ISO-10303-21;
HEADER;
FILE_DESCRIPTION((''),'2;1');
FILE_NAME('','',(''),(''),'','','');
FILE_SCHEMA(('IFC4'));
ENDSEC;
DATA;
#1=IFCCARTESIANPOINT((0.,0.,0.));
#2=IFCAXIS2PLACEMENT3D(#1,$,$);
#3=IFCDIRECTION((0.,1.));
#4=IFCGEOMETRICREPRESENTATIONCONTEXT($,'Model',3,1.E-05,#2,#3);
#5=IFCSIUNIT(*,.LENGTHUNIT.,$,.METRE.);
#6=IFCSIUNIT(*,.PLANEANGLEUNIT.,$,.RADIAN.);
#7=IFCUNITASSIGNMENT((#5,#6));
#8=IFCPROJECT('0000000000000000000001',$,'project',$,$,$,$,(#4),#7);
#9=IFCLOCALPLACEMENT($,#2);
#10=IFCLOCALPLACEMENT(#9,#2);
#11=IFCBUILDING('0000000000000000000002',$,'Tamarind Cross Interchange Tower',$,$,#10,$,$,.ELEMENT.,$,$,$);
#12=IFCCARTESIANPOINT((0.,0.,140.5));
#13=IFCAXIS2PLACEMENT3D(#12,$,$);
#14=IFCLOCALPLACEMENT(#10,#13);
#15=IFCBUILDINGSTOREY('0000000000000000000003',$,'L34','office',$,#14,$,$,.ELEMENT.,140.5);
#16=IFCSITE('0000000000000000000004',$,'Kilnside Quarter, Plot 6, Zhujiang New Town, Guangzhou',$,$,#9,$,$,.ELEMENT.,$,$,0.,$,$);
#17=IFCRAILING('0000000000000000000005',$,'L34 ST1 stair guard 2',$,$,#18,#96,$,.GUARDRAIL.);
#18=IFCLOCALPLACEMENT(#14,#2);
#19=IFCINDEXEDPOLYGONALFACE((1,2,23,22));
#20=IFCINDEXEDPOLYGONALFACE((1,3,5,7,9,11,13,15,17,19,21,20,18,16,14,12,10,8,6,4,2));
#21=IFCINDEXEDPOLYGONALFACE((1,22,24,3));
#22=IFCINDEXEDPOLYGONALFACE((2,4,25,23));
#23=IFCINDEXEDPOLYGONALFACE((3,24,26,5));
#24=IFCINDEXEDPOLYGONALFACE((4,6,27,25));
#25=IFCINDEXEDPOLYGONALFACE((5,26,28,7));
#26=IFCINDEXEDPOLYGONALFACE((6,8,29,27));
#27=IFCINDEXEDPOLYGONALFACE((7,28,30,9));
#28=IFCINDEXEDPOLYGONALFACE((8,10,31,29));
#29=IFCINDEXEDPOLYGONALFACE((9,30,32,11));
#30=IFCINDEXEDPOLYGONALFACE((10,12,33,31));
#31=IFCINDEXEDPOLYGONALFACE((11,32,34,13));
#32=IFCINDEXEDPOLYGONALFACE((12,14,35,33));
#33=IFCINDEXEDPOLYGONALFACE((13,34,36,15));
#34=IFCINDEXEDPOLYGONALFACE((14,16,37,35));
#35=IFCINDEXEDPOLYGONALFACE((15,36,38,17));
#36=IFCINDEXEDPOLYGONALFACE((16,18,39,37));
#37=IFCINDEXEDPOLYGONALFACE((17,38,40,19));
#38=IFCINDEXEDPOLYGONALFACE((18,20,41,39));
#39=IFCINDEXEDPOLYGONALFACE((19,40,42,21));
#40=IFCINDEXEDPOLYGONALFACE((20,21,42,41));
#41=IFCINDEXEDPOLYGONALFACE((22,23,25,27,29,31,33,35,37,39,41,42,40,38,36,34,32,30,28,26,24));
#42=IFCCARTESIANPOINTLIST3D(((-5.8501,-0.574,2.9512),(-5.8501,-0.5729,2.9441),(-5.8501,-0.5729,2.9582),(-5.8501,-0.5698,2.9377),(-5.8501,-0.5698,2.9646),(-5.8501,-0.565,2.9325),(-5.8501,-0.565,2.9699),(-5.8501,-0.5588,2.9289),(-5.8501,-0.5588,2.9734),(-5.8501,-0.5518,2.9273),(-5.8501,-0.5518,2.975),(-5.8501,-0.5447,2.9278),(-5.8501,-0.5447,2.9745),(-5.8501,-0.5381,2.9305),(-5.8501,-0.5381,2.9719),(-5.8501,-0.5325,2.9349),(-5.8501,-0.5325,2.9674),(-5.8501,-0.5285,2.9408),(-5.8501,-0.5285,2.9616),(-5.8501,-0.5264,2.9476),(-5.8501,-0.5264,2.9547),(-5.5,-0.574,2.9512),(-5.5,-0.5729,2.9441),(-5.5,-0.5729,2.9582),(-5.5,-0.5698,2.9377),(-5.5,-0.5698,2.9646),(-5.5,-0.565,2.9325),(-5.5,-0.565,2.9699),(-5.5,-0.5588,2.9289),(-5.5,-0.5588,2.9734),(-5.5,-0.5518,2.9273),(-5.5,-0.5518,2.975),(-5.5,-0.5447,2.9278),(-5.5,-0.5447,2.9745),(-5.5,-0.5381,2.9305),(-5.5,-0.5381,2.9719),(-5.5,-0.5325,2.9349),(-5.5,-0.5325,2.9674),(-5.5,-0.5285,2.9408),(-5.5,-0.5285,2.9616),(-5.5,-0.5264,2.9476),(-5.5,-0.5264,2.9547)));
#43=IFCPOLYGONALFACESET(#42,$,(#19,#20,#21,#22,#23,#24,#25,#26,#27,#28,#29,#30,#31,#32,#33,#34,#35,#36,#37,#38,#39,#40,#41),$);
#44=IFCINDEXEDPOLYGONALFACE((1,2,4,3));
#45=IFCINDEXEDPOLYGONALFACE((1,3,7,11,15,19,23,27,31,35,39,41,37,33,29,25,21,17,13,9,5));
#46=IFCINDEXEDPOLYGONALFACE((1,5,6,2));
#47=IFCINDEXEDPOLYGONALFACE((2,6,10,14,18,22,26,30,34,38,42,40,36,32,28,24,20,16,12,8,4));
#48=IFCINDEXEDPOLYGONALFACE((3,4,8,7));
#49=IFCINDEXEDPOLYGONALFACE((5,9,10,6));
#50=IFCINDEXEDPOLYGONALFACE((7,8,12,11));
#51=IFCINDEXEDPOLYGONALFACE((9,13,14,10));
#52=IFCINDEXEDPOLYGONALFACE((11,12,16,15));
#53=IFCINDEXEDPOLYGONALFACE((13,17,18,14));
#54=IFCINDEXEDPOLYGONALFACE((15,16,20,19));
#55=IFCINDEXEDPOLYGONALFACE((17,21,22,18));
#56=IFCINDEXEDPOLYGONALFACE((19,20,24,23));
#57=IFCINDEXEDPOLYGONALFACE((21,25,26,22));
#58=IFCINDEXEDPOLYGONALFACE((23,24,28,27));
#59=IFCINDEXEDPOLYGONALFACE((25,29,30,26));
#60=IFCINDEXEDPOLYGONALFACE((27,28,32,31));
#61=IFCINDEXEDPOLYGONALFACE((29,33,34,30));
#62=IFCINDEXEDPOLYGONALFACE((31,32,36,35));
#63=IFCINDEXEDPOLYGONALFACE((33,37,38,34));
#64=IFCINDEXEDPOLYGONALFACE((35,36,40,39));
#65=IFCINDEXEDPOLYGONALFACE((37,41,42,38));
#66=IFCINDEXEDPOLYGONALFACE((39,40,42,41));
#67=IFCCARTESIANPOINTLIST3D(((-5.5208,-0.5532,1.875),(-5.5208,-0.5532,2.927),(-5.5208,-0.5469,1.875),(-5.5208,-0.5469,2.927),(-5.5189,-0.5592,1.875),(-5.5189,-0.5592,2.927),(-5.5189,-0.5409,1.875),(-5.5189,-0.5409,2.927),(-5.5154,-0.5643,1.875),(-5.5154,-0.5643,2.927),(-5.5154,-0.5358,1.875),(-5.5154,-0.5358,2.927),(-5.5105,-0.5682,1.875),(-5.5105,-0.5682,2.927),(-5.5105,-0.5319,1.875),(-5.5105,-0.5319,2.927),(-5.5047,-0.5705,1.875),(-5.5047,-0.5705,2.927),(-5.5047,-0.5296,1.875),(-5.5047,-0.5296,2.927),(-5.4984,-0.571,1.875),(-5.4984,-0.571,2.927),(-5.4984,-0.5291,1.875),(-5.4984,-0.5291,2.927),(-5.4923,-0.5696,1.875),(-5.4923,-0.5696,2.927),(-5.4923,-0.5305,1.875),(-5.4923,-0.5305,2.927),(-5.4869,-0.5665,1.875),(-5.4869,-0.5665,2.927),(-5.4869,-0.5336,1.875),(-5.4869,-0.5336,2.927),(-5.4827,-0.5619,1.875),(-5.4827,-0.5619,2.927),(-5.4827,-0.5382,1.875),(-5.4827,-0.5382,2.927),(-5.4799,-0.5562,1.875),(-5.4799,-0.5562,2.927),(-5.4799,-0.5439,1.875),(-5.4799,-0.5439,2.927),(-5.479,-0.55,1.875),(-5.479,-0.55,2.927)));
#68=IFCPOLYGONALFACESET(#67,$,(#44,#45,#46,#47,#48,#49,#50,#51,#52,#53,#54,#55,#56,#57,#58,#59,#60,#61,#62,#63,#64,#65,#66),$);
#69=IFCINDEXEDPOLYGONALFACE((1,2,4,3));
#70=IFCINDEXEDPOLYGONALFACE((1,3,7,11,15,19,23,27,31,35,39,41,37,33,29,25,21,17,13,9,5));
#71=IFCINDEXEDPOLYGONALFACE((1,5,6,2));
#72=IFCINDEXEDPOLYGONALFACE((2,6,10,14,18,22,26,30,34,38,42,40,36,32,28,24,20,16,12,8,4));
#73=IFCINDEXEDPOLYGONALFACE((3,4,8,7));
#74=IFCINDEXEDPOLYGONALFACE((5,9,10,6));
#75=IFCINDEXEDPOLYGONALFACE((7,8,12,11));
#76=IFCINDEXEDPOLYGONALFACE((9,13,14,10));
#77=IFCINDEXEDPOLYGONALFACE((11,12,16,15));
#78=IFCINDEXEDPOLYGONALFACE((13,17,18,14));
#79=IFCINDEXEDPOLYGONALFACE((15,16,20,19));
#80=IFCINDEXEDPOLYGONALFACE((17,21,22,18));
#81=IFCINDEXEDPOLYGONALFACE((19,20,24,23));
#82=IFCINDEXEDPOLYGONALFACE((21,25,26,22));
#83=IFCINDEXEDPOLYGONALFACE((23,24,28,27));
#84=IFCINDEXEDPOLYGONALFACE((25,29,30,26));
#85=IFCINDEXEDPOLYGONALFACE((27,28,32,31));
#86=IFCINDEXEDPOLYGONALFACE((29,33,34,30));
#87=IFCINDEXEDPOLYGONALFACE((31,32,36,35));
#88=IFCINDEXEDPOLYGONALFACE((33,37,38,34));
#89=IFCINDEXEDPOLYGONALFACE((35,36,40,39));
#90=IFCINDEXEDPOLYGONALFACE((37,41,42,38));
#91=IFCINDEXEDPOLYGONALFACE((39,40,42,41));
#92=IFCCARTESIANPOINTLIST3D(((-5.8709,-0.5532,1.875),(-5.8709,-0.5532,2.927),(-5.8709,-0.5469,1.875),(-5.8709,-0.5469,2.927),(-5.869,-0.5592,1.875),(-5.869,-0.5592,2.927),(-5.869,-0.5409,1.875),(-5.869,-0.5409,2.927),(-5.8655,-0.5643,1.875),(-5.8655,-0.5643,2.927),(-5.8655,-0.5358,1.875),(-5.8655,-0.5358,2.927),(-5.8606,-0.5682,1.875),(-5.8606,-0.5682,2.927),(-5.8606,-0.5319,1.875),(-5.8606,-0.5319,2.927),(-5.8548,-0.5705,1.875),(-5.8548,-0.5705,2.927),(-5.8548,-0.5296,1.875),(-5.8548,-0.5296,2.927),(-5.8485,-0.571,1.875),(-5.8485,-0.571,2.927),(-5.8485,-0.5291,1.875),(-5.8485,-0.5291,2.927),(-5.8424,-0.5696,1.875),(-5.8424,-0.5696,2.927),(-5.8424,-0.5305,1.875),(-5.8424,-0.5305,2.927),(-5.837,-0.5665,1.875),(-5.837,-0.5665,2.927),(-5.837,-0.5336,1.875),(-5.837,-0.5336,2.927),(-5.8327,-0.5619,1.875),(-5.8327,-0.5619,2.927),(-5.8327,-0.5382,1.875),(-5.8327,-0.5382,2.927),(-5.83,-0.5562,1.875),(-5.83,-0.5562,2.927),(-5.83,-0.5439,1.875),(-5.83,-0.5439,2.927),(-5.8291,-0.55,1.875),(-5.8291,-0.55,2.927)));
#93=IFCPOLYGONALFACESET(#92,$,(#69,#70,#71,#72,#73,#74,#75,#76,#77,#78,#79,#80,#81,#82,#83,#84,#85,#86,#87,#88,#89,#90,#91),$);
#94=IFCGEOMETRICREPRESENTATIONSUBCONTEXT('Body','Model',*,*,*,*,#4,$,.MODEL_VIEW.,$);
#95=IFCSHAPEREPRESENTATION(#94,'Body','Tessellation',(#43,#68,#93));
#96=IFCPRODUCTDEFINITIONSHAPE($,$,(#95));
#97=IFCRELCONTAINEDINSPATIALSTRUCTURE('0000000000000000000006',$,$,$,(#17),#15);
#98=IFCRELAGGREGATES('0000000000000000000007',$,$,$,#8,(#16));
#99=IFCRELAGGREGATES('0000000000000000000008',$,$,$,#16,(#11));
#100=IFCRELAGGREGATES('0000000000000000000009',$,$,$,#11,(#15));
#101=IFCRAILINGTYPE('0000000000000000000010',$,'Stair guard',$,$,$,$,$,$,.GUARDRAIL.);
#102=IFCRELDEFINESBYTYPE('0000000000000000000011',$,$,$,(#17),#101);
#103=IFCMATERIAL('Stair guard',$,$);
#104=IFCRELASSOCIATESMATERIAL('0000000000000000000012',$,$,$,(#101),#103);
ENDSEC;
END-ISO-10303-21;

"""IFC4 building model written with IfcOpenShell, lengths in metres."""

from ifc_helpers import new_model, si_unit, direction, frame, origin, origin_2d, place, context, subcontext, project, spatial, circle, extrude, material, type_object, element, save


model = new_model("IFC4")

# Units and contexts
model_context = context("Model", 3, precision=1e-05, world=origin(), true_north=direction((0.0, 1.0)))
body_context = subcontext(model_context, "Body", "Model", "MODEL_VIEW")
ifc_project = project(units=[si_unit("LENGTHUNIT", "METRE"), si_unit("PLANEANGLEUNIT", "RADIAN")], contexts=[model_context])

# Site, building, storey
site_placement = place(None, origin())
site = spatial("IfcSite", under=ifc_project, at=site_placement, Name="Kilnside Quarter, Plot 6, Zhujiang New Town, Guangzhou", CompositionType="ELEMENT", RefElevation=0.0)
building_placement = place(site_placement, origin())
building = spatial("IfcBuilding", under=site, at=building_placement, Name="Tamarind Cross Interchange Tower", CompositionType="ELEMENT")
storey_placement = place(building_placement, frame((0.0, 0.0, 140.5)))
storey = spatial("IfcBuildingStorey", under=building, at=storey_placement, Name="L34", Description="office", CompositionType="ELEMENT", Elevation=140.5)

# Railing
ifc_material_1 = material(Name="Stair guard")
railing_type_1 = type_object("IfcRailingType", Name="Stair guard", PredefinedType="GUARDRAIL", material=ifc_material_1)
railing_1_placement = place(storey_placement, frame((-5.5, -0.55, 1.875)))
element("IfcRailing", 1, at=railing_1_placement, inside=storey, type_object=railing_type_1, Name="L34 ST1 stair guard 2", PredefinedType="GUARDRAIL", context=body_context, shape_type="SweptSolid", body=[
    extrude(circle(Radius=0.0239, at=origin_2d()), frame((0.0, 0.0, 1.0762), z_axis=(-1.0, 0.0, 0.0), x_axis=(0.0, -1.0, 0.0)), (0.0, 0.0, 1.0), 0.3501),
    extrude(circle(Radius=0.021, at=origin_2d()), origin(), (0.0, 0.0, 1.0), 1.052),
    extrude(circle(Radius=0.021, at=origin_2d()), frame((-0.3501, 0.0, 0.0)), (0.0, 0.0, 1.0), 1.052),
])

save(model, "model.ifc")
